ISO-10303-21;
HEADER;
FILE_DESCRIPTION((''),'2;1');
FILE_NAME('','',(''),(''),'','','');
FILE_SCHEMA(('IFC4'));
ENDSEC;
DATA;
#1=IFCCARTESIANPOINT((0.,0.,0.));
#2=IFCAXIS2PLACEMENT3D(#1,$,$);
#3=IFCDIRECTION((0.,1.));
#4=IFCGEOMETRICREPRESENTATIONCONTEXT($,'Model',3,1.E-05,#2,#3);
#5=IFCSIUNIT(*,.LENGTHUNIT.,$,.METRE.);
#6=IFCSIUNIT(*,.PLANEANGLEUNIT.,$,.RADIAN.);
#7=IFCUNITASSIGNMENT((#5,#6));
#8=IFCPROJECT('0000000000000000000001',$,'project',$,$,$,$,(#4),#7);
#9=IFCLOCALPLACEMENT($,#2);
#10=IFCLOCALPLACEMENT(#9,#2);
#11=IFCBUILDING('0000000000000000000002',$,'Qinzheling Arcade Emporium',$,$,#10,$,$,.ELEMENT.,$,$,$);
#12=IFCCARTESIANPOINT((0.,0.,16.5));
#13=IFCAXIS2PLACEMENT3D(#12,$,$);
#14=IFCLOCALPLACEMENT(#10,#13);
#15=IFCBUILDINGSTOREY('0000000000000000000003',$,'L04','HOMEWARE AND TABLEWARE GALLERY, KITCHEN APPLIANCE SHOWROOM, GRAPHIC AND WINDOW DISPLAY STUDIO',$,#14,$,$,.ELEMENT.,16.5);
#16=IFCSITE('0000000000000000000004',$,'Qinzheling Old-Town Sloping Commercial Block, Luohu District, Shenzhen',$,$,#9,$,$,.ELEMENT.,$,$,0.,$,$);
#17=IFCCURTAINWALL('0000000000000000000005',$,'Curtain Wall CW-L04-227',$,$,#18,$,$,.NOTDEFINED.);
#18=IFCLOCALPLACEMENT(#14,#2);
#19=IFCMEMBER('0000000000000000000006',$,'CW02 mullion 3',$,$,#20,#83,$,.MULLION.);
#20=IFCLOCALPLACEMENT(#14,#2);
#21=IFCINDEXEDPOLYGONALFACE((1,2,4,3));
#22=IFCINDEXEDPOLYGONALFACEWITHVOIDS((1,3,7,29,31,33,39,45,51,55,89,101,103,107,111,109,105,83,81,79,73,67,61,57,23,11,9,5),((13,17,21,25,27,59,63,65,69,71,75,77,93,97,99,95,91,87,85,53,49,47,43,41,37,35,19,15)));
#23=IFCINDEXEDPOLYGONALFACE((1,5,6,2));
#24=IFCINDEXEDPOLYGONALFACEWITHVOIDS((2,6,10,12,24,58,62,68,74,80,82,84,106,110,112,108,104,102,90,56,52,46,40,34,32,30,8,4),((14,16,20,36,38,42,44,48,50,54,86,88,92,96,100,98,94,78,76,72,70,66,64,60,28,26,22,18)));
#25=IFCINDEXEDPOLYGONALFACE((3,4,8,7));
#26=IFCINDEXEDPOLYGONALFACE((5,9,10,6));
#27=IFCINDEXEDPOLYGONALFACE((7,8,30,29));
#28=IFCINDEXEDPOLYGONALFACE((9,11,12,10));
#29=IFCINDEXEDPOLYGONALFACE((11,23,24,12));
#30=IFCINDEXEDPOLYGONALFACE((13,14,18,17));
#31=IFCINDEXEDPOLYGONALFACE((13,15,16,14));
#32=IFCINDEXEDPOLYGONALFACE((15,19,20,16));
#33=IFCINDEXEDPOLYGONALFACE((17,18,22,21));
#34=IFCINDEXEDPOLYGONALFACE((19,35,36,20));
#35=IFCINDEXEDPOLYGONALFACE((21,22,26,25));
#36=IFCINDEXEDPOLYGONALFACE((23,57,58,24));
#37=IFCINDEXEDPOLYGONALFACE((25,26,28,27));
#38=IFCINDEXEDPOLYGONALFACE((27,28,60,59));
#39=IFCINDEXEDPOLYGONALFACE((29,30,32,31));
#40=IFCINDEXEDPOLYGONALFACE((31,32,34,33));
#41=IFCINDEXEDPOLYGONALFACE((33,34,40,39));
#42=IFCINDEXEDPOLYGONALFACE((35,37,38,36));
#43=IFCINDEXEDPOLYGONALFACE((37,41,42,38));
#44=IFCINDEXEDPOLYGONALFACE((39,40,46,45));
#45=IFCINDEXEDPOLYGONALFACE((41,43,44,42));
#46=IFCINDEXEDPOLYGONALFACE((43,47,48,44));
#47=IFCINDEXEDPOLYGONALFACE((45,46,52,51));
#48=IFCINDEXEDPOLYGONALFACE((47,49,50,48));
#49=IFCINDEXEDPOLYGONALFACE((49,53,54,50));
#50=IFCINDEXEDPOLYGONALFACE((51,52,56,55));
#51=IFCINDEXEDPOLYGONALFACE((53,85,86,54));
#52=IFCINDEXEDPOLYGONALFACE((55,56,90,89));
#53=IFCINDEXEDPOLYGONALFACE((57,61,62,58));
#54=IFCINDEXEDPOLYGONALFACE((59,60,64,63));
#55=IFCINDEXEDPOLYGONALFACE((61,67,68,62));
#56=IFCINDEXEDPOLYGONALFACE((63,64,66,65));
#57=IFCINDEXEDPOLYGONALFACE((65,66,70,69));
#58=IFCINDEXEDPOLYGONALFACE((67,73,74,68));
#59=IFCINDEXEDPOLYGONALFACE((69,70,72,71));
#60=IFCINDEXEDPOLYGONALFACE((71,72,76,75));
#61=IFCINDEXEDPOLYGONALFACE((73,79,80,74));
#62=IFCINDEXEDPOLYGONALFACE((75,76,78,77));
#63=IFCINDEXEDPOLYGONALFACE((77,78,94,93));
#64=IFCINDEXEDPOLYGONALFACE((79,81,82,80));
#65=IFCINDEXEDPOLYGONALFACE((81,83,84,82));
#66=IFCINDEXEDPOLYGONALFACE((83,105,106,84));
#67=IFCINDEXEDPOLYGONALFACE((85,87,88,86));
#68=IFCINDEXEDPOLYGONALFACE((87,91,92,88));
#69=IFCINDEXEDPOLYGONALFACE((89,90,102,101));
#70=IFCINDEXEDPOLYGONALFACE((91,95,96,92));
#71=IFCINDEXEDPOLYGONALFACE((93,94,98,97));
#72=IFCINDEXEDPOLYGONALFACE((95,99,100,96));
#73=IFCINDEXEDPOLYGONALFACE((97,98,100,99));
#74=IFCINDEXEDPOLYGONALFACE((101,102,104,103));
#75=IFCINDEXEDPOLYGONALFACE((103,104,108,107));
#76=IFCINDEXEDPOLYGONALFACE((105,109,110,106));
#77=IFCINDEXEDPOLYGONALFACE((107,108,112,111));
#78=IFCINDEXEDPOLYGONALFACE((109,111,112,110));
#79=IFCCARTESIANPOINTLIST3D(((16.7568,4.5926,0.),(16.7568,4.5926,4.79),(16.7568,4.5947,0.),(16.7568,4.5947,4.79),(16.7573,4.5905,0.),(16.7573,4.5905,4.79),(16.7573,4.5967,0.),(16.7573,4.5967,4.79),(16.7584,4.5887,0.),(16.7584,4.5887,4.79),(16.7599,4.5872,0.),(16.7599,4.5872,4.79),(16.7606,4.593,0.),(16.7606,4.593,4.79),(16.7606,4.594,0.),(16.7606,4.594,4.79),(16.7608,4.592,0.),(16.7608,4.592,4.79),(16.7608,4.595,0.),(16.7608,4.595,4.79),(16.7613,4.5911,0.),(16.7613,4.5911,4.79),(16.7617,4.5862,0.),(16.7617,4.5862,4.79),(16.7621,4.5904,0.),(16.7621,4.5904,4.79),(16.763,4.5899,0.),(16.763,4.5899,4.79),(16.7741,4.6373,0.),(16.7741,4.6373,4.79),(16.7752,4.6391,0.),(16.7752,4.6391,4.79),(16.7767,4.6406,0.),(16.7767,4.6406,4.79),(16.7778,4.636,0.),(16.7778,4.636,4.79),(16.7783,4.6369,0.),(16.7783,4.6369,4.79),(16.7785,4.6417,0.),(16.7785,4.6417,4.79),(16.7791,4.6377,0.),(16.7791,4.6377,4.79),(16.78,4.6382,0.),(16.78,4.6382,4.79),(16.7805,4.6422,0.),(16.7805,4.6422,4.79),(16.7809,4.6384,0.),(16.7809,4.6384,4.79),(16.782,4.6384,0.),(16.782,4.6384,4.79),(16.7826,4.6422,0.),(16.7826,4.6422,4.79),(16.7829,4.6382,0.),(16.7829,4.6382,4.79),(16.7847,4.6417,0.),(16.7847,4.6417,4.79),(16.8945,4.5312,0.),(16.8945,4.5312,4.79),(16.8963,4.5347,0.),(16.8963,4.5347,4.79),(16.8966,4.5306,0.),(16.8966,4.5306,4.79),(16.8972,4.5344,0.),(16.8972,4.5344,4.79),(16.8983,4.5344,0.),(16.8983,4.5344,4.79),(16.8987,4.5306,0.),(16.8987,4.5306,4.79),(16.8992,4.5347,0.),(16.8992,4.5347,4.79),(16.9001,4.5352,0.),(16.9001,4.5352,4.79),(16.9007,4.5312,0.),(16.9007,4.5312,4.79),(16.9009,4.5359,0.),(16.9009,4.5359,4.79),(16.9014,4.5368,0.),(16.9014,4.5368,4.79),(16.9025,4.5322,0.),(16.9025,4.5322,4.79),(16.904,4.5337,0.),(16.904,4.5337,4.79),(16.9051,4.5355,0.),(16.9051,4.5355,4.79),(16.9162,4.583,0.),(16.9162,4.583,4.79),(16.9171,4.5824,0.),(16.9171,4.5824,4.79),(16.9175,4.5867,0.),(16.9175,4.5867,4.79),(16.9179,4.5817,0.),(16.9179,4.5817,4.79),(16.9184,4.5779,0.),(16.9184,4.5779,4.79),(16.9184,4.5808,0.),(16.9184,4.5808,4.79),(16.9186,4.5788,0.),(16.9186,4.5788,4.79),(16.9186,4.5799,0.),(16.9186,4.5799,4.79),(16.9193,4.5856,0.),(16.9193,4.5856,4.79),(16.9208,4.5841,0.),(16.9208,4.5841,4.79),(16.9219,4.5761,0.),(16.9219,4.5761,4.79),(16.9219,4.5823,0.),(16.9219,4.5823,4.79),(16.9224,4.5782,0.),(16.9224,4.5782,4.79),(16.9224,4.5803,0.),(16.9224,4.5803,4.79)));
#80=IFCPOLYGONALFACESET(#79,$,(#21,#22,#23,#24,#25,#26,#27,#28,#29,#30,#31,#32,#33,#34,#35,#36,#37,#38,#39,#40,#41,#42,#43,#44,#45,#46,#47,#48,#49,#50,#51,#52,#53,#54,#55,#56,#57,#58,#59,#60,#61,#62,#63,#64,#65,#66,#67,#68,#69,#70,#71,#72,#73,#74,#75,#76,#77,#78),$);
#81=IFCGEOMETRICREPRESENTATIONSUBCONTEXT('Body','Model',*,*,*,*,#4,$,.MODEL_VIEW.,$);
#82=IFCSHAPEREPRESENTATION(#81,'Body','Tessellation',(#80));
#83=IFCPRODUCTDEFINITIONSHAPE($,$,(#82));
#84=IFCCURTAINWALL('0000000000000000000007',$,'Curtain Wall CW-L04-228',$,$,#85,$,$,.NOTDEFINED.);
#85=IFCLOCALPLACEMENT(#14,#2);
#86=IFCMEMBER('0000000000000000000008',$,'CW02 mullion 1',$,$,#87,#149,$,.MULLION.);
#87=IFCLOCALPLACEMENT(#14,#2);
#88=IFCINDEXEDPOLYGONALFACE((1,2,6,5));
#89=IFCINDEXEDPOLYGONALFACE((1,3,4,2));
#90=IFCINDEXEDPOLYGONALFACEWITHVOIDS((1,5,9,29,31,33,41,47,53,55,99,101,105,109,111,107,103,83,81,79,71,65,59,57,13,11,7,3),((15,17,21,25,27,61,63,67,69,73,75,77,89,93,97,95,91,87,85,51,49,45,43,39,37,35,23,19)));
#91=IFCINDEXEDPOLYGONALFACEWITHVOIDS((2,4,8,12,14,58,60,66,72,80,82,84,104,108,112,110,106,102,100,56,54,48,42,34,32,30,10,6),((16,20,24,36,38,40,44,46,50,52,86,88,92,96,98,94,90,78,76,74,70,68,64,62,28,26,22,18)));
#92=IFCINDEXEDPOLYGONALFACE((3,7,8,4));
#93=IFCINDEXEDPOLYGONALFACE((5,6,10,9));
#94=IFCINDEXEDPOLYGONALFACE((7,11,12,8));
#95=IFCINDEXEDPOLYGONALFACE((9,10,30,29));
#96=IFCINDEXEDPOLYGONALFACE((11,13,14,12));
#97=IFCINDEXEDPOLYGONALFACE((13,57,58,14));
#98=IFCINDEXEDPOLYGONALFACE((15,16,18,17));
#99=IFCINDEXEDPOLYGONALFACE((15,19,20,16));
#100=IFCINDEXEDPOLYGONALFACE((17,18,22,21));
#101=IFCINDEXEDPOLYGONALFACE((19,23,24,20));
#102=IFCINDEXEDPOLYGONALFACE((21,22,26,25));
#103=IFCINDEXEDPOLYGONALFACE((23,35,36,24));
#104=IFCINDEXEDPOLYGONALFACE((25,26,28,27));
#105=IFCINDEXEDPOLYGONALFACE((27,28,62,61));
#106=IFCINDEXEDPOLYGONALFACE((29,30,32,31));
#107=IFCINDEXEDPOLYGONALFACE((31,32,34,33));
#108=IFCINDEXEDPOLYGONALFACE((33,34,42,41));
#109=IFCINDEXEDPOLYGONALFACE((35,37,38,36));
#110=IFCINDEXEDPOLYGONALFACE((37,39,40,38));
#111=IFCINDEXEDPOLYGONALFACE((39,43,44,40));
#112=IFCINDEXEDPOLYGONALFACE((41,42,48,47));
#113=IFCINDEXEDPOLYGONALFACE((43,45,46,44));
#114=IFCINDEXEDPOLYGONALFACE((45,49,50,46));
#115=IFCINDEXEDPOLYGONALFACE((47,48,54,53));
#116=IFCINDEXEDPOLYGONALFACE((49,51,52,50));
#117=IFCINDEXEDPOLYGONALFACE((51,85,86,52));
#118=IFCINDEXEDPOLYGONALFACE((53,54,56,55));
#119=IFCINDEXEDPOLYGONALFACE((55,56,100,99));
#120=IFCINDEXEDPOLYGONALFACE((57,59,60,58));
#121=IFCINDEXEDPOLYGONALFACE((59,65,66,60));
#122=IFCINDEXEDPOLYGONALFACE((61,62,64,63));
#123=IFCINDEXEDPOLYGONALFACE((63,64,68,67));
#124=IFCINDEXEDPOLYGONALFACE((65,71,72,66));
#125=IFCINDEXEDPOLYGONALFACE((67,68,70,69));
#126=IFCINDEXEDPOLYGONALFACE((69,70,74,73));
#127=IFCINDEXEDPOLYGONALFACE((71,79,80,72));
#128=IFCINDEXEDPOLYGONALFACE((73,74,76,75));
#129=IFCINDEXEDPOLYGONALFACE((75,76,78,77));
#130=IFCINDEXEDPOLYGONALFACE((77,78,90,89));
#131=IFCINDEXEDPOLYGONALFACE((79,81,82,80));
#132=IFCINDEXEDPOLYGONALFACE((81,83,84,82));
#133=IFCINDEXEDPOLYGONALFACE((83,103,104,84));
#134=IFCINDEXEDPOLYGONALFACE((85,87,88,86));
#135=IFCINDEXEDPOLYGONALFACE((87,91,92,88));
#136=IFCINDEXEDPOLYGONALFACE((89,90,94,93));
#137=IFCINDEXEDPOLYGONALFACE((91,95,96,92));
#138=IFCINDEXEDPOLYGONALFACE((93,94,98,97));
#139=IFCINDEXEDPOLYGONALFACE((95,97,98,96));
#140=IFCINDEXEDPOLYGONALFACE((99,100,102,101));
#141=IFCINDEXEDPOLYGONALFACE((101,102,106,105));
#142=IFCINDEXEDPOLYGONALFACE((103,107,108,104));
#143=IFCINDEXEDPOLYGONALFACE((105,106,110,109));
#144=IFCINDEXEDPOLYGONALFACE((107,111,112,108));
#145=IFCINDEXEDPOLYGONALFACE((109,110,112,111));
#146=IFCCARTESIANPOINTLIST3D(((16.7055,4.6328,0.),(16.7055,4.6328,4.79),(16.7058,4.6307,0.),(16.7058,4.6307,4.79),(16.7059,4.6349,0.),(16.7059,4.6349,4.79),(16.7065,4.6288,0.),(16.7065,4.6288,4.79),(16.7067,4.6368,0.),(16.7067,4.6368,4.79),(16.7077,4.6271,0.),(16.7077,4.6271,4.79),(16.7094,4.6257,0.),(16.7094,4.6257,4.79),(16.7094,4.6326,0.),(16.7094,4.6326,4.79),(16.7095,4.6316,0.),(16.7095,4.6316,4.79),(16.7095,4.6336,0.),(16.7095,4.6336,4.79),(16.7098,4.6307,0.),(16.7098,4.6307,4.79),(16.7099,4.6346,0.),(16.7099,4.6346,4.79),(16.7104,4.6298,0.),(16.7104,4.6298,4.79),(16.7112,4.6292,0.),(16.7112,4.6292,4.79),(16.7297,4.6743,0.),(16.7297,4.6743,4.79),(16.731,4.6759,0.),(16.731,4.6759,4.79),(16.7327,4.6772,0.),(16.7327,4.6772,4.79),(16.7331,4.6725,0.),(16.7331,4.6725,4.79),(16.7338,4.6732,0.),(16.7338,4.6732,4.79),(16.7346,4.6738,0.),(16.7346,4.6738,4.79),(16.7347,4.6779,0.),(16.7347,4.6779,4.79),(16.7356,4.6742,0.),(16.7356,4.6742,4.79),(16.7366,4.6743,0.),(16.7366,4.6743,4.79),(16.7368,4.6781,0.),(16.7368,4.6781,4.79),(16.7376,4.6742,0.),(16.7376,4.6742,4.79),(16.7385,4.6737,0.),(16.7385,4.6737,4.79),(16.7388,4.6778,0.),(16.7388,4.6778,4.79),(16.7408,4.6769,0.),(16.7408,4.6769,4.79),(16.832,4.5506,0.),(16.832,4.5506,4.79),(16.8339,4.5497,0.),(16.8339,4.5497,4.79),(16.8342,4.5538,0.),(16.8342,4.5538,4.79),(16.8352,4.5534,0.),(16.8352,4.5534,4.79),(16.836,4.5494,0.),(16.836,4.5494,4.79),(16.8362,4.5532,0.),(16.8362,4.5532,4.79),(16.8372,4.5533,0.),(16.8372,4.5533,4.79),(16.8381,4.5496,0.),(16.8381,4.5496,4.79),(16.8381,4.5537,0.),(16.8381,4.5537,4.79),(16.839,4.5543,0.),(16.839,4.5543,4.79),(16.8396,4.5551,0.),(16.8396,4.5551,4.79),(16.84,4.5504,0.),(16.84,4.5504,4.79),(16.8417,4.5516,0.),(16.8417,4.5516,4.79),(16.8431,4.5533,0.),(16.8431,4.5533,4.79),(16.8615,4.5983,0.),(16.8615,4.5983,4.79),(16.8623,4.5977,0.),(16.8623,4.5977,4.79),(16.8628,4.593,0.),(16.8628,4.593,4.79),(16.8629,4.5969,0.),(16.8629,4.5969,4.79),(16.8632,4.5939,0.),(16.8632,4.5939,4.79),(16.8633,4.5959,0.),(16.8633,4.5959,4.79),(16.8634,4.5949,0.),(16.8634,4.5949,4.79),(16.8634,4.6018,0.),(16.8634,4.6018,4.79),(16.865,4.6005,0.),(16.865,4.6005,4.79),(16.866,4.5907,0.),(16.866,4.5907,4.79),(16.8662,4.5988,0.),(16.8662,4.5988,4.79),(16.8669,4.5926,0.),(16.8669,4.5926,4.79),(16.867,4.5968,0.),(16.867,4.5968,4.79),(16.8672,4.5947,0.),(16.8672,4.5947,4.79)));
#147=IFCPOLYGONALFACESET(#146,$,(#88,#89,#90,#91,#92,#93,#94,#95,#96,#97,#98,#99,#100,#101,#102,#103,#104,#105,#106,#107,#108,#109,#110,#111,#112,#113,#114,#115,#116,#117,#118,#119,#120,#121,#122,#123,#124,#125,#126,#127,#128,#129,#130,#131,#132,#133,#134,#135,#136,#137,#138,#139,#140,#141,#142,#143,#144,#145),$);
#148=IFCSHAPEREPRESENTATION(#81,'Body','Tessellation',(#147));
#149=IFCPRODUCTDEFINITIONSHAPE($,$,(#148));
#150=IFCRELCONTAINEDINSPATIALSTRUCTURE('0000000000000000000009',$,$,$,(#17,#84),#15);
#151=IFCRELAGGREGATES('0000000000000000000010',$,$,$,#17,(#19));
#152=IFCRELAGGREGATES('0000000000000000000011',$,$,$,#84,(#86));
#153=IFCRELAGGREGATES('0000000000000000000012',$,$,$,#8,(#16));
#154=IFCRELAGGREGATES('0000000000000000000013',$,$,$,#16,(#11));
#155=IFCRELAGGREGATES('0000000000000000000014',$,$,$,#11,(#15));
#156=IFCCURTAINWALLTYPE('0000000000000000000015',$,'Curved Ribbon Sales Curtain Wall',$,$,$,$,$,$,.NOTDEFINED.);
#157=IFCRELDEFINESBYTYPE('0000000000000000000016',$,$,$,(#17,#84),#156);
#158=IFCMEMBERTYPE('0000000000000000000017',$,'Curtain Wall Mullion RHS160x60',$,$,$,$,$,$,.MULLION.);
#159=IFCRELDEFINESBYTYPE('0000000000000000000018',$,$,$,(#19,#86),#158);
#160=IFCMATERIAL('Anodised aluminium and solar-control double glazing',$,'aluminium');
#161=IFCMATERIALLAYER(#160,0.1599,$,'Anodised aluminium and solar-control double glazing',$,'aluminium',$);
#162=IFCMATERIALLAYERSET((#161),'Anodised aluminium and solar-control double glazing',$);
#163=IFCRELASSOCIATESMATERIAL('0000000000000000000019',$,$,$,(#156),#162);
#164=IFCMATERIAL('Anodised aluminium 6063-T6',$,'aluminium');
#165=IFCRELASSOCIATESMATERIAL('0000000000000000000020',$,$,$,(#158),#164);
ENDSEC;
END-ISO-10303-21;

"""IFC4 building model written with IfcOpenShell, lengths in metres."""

from ifc_helpers import new_model, si_unit, direction, frame, origin, origin_2d, place, context, subcontext, project, spatial, hollow_rectangle, extrude, material, layer, layer_set, material_profile, profile_set, type_object, element, aggregate, save


model = new_model("IFC4")

# Units and contexts
model_context = context("Model", 3, precision=1e-05, world=origin(), true_north=direction((0.0, 1.0)))
body_context = subcontext(model_context, "Body", "Model", "MODEL_VIEW")
ifc_project = project(units=[si_unit("LENGTHUNIT", "METRE"), si_unit("PLANEANGLEUNIT", "RADIAN")], contexts=[model_context])

# Site, building, storey
site_placement = place(None, origin())
site = spatial("IfcSite", under=ifc_project, at=site_placement, Name="Qinzheling Old-Town Sloping Commercial Block, Luohu District, Shenzhen", CompositionType="ELEMENT", RefElevation=0.0)
building_placement = place(site_placement, origin())
building = spatial("IfcBuilding", under=site, at=building_placement, Name="Qinzheling Arcade Emporium", CompositionType="ELEMENT")
storey_placement = place(building_placement, frame((0.0, 0.0, 16.5)))
storey = spatial("IfcBuildingStorey", under=building, at=storey_placement, Name="L04", Description="HOMEWARE AND TABLEWARE GALLERY, KITCHEN APPLIANCE SHOWROOM, GRAPHIC AND WINDOW DISPLAY STUDIO", CompositionType="ELEMENT", Elevation=16.5)

# Curtain wall, member
ifc_material_1 = material(Name="Anodised aluminium and solar-control double glazing", Category="aluminium")
ifc_layer_1 = layer(ifc_material_1, 0.1599, Name="Anodised aluminium and solar-control double glazing", Category="aluminium")
ifc_layer_set_1 = layer_set([ifc_layer_1], Name="Anodised aluminium and solar-control double glazing")
curtain_wall_type = type_object("IfcCurtainWallType", Name="Curved Ribbon Sales Curtain Wall", PredefinedType="NOTDEFINED", material=ifc_layer_set_1)
curtain_wall_1_placement = place(storey_placement, origin())
curtain_wall_1 = element("IfcCurtainWall", 1, at=curtain_wall_1_placement, inside=storey, type_object=curtain_wall_type, Name="Curtain Wall CW-L04-227", PredefinedType="NOTDEFINED")
ifc_material_2 = material(Name="Anodised aluminium 6063-T6", Category="aluminium")
ifc_material_profile_1 = material_profile(ifc_material_2, hollow_rectangle(XDim=0.0601, YDim=0.1599, WallThickness=0.0039, InnerFilletRadius=0.0039, OuterFilletRadius=0.0081, at=origin_2d()), Name="RHS 160x60x4", Category="aluminium")
ifc_profile_set_1 = profile_set([ifc_material_profile_1], Name="Anodised aluminium 6063-T6")
member_type_1 = type_object("IfcMemberType", Name="Curtain Wall Mullion RHS160x60", PredefinedType="MULLION", material=ifc_profile_set_1)
member_1_placement = place(storey_placement, frame((16.8396, 4.5864, 0.0), z_axis=(0.0, 0.0, 1.0), x_axis=(-0.382599, -0.923914, 0.0)))
member_1 = element("IfcMember", 2, at=member_1_placement, type_object=member_type_1, Name="CW02 mullion 3", PredefinedType="MULLION", context=body_context, shape_type="SweptSolid", body=[
    extrude(hollow_rectangle(XDim=0.0601, YDim=0.1599, WallThickness=0.0039, InnerFilletRadius=0.0039, OuterFilletRadius=0.0081, at=origin_2d()), origin(), (0.0, 0.0, 1.0), 4.79),
])

# Curtain wall, member
curtain_wall_2_placement = place(storey_placement, origin())
curtain_wall_2 = element("IfcCurtainWall", 3, at=curtain_wall_2_placement, inside=storey, type_object=curtain_wall_type, Name="Curtain Wall CW-L04-228", PredefinedType="NOTDEFINED")
member_2_placement = place(storey_placement, frame((16.7864, 4.6138, 0.0), z_axis=(0.0, 0.0, 1.0), x_axis=(-0.52261, -0.852572, 0.0)))
member_2 = element("IfcMember", 4, at=member_2_placement, type_object=member_type_1, Name="CW02 mullion 1", PredefinedType="MULLION", context=body_context, shape_type="SweptSolid", body=[
    extrude(hollow_rectangle(XDim=0.0601, YDim=0.1599, WallThickness=0.0039, InnerFilletRadius=0.0039, OuterFilletRadius=0.0081, at=origin_2d()), origin(), (0.0, 0.0, 1.0), 4.79),
])

aggregate(curtain_wall_1, [member_1])
aggregate(curtain_wall_2, [member_2])

save(model, "model.ifc")
